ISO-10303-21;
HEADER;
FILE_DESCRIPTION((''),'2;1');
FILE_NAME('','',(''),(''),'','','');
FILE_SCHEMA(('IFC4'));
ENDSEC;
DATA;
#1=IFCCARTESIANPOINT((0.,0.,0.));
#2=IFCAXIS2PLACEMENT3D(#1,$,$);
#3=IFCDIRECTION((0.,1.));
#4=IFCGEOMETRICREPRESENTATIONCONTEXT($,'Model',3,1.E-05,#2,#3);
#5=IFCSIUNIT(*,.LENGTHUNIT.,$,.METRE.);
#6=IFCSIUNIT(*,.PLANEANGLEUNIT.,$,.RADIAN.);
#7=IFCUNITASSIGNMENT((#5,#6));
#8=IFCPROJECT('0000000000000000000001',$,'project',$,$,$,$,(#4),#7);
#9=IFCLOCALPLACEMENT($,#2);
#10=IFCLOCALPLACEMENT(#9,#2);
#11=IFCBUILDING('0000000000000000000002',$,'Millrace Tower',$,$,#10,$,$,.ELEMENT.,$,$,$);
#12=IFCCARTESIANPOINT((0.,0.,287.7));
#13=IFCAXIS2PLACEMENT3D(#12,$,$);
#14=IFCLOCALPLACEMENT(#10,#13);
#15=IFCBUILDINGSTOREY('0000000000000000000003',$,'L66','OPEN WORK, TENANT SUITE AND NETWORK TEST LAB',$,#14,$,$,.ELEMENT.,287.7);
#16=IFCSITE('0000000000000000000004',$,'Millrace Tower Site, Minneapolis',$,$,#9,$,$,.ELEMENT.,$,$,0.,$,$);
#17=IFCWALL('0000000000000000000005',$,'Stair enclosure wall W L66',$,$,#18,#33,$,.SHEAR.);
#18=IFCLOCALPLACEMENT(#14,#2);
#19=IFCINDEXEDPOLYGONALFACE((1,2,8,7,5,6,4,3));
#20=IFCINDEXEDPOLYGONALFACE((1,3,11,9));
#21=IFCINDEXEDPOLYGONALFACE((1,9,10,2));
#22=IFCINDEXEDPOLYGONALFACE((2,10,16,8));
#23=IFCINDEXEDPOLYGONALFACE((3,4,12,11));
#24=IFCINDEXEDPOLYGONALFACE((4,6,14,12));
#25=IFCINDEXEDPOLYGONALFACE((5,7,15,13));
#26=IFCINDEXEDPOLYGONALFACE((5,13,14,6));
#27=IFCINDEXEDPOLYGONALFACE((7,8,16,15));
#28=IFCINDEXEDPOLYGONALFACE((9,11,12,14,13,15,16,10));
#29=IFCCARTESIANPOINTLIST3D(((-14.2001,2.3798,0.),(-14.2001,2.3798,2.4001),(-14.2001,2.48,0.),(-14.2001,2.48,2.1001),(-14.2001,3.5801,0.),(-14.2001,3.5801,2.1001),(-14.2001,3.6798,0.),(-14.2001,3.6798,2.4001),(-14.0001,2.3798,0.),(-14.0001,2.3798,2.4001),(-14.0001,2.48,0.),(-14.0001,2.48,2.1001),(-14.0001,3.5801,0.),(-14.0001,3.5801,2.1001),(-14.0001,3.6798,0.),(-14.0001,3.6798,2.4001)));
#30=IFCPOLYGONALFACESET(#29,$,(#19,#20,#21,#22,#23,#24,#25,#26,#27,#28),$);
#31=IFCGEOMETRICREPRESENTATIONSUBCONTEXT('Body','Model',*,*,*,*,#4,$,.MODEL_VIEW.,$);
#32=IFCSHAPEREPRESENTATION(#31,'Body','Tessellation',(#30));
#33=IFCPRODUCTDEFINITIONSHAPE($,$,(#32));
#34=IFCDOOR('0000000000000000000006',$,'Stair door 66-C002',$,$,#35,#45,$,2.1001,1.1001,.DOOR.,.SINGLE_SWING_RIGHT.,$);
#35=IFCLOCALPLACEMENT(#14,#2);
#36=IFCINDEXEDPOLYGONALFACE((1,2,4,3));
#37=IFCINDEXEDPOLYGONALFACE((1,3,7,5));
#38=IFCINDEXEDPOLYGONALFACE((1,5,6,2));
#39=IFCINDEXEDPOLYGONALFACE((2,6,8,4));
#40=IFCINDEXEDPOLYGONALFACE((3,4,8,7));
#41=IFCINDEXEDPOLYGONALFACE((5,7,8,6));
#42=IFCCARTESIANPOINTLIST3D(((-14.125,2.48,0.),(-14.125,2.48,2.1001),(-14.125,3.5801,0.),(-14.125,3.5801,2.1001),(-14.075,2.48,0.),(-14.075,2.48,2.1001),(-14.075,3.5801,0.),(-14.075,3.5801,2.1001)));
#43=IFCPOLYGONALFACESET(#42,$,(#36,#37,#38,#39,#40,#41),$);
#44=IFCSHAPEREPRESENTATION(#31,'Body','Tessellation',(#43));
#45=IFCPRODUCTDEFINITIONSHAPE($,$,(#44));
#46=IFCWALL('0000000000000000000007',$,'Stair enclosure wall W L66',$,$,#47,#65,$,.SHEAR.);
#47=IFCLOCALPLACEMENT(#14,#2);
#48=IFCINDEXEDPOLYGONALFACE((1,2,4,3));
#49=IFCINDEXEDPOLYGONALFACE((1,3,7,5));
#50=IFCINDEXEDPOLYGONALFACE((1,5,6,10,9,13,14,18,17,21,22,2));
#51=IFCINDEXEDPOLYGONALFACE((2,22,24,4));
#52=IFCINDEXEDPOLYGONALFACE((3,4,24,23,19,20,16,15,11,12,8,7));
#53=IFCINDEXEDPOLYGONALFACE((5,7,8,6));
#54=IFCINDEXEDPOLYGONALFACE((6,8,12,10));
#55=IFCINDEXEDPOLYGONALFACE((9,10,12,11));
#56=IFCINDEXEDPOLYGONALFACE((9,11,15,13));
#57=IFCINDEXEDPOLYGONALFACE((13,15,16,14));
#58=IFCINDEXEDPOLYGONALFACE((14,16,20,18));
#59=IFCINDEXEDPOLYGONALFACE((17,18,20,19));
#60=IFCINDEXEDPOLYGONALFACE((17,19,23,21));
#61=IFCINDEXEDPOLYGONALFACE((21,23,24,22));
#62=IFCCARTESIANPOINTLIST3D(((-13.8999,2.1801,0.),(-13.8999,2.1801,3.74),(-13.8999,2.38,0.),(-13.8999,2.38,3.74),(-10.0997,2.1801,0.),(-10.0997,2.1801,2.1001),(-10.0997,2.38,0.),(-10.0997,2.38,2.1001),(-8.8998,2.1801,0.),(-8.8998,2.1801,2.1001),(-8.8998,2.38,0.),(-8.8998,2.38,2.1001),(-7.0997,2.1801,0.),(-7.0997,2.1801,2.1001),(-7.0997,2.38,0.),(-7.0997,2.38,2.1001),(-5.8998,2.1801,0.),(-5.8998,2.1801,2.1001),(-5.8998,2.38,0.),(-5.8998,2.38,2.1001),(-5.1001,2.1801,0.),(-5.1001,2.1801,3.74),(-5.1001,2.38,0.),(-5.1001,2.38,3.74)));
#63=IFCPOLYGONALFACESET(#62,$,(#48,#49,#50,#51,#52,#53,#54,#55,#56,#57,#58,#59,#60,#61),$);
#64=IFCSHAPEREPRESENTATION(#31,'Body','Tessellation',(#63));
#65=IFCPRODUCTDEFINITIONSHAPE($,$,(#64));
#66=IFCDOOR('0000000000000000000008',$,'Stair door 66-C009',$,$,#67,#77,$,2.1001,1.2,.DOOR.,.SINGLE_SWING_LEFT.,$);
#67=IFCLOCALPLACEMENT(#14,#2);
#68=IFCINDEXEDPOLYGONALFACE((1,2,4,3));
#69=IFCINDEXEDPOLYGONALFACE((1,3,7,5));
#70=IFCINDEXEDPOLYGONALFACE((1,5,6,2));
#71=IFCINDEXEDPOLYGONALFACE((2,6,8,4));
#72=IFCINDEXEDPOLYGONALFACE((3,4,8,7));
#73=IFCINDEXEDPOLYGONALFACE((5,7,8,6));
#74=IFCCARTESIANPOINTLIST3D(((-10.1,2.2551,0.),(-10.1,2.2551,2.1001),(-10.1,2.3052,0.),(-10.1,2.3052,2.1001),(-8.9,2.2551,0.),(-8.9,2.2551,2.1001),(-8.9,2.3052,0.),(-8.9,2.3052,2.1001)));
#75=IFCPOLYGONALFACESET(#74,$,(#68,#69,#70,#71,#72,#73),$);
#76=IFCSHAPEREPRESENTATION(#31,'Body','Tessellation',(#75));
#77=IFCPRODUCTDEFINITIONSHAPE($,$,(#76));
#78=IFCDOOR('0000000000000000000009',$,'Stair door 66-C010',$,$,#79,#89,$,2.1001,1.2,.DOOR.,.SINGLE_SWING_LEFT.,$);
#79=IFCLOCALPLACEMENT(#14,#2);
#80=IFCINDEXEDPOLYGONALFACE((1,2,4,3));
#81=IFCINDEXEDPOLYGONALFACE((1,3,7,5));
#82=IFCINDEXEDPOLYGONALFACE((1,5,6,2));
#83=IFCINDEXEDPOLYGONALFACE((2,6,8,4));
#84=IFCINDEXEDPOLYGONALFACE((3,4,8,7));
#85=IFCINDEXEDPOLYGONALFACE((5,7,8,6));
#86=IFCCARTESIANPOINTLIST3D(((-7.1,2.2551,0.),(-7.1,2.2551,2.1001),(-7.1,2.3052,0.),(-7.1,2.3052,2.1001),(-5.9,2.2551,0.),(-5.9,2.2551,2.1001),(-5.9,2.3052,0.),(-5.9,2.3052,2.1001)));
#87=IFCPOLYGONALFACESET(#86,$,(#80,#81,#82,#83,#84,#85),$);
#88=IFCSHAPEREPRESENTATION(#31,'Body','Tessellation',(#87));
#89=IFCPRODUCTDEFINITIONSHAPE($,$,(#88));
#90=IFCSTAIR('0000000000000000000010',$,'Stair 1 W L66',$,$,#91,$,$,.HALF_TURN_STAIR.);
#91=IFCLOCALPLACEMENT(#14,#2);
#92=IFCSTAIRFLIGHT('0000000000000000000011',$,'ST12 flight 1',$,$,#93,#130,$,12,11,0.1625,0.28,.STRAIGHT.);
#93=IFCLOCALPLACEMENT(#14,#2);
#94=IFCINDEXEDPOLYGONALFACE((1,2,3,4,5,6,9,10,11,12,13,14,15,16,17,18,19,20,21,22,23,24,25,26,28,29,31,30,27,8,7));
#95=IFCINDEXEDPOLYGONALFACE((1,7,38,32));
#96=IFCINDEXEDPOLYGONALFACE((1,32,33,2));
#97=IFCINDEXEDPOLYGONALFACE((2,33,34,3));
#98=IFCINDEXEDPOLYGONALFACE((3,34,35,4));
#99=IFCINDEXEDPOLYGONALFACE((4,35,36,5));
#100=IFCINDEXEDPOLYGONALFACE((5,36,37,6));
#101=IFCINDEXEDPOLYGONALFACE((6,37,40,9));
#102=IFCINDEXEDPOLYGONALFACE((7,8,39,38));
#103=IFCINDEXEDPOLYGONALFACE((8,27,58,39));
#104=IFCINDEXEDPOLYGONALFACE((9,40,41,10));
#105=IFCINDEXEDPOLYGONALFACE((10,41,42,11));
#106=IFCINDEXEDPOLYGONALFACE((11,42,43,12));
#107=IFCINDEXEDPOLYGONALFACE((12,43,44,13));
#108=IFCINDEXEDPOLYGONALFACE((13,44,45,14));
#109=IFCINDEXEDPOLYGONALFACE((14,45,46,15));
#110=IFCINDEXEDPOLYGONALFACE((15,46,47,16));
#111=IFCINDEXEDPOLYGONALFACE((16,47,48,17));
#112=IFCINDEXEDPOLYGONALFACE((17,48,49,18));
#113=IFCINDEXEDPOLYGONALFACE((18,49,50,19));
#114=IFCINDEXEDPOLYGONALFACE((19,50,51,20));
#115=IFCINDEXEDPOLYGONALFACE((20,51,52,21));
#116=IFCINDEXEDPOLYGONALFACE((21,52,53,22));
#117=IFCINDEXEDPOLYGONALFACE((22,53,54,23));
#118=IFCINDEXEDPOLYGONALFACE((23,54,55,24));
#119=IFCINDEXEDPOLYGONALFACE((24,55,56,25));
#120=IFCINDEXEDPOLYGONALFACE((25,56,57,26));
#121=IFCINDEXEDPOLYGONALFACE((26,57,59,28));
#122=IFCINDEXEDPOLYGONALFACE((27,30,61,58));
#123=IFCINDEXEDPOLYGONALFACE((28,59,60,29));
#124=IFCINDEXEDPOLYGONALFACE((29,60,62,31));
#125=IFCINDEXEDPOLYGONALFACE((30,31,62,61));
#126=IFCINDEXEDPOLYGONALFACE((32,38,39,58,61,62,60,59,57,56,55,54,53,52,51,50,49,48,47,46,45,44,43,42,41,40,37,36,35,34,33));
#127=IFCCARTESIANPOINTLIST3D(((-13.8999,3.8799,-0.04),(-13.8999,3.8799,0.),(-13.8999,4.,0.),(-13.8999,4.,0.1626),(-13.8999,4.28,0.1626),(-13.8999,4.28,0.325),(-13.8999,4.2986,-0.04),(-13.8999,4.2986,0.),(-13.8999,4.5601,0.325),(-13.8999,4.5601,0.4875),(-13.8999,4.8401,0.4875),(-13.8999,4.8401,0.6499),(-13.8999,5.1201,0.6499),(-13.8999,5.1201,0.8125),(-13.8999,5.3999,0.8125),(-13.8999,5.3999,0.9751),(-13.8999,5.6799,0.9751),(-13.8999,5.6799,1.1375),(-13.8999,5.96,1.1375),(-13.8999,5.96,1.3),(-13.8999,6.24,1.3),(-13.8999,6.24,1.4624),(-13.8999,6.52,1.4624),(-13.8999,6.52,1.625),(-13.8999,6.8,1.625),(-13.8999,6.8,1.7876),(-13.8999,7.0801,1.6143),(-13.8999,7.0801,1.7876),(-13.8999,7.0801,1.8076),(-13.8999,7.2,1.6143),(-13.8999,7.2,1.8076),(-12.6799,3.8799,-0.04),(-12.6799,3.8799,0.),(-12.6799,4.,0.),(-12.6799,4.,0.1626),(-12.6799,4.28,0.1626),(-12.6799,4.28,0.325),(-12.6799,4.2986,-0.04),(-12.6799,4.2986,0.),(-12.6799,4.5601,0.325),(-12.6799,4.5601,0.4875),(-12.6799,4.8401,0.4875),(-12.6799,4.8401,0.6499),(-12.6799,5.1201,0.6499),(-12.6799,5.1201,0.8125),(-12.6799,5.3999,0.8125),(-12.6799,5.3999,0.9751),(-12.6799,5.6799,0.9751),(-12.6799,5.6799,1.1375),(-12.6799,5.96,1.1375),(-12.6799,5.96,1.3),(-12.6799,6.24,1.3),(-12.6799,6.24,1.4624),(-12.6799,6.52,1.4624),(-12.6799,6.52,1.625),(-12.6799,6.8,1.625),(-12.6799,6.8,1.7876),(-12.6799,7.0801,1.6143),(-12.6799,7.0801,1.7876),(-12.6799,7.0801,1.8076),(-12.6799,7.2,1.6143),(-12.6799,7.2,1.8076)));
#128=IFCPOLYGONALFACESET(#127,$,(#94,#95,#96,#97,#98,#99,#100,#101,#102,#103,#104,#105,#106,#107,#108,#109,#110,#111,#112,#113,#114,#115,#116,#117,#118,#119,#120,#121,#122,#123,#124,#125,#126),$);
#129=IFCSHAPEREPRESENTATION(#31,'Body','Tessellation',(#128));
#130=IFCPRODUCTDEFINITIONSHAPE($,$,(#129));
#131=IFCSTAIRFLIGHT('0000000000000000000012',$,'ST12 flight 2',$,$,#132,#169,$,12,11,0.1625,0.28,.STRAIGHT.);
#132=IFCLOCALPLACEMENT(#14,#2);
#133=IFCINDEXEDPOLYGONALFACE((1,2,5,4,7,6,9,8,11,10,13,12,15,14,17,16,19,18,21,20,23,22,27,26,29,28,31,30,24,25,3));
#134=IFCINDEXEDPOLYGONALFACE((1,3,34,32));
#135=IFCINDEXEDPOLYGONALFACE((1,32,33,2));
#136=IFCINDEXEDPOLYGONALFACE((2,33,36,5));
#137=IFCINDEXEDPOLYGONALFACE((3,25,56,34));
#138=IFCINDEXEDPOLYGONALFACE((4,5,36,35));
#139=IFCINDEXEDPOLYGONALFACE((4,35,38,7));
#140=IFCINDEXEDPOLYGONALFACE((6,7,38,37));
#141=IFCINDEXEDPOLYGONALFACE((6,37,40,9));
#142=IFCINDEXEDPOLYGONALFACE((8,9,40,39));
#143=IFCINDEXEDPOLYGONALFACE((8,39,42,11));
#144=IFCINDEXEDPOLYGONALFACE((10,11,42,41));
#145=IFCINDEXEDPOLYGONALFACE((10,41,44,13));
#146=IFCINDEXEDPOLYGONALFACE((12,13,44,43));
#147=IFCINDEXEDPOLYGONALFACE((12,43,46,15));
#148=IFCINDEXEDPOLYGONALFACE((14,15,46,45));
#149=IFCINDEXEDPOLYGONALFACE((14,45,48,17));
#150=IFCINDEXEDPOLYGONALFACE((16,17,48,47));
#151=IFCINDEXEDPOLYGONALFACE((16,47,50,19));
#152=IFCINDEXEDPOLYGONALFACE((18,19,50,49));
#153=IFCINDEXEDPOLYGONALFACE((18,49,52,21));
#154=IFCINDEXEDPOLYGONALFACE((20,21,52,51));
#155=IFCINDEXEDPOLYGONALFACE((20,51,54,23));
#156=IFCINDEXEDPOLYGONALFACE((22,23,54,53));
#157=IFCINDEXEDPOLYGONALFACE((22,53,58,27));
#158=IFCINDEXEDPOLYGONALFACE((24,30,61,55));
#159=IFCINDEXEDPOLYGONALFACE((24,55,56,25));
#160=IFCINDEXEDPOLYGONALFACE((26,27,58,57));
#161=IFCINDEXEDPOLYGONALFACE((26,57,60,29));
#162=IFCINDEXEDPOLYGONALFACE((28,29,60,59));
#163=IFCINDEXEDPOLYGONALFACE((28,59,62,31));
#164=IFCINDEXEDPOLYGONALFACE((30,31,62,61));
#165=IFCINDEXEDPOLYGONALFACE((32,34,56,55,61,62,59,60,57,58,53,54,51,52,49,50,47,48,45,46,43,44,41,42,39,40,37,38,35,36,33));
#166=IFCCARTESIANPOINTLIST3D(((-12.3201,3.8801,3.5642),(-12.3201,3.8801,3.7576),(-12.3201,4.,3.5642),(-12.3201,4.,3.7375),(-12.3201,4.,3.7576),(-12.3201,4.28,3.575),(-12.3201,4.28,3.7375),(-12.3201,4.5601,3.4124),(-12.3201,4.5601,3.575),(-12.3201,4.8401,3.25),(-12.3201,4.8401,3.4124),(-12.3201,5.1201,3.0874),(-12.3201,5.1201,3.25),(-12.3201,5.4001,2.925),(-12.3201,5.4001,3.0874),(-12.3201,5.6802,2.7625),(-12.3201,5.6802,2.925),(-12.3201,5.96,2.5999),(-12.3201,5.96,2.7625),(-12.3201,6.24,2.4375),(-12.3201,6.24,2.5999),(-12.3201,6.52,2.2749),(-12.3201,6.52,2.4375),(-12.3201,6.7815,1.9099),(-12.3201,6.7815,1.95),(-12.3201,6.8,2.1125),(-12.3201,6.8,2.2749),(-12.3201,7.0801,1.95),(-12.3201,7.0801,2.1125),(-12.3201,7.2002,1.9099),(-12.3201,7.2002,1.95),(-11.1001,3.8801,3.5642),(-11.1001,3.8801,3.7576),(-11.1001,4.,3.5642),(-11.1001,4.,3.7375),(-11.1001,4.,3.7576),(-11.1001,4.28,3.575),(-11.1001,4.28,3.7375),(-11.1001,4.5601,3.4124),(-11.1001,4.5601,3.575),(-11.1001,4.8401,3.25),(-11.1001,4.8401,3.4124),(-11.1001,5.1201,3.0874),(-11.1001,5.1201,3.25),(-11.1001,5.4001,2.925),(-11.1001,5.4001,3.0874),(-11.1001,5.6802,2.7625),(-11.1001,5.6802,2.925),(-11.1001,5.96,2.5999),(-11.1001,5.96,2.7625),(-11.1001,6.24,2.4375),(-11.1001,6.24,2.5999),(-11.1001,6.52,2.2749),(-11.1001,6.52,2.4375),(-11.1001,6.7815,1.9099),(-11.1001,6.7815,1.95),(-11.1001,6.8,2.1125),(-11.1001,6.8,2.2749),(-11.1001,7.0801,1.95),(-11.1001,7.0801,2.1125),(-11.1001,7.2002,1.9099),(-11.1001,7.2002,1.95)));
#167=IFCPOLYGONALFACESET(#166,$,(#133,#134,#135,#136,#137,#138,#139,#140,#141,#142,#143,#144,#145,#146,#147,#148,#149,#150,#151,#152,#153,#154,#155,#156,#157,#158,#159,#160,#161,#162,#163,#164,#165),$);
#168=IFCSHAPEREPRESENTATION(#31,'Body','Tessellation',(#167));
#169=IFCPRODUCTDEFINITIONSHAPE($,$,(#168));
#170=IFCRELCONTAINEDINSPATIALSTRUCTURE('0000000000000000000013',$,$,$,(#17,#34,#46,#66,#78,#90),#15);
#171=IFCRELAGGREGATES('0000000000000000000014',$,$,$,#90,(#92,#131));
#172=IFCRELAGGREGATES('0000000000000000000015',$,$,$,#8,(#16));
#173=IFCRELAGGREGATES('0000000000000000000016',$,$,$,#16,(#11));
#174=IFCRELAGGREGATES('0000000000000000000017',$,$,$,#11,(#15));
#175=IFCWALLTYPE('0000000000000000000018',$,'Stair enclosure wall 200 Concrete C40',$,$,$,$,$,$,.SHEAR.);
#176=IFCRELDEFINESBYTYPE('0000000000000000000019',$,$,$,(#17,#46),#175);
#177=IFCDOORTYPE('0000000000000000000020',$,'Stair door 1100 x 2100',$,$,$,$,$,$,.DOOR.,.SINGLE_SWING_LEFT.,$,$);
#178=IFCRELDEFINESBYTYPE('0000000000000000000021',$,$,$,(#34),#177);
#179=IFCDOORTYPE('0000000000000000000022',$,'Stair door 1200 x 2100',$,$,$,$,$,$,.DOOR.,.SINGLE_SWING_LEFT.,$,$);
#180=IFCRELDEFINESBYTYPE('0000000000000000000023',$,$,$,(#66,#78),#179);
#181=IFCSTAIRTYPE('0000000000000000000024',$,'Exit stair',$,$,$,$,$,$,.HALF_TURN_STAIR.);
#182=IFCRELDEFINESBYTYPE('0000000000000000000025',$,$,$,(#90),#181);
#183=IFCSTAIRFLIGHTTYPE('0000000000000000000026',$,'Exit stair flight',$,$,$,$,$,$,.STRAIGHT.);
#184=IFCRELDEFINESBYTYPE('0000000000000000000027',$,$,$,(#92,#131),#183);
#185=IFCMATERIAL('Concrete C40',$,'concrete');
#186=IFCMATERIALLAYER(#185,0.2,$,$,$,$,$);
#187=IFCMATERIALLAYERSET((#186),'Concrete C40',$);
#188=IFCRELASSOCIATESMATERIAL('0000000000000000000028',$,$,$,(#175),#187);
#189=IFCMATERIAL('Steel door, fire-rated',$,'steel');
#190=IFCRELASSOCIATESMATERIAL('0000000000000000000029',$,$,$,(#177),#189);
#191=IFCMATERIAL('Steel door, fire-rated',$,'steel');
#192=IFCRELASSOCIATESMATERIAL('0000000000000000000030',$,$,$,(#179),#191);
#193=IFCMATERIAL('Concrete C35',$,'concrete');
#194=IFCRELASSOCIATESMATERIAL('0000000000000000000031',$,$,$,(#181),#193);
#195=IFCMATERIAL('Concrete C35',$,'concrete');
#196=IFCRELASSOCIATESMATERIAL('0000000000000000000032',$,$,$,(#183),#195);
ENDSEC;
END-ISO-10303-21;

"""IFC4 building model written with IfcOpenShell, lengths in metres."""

from ifc_helpers import new_model, si_unit, direction, frame, frame_2d, origin, place, context, subcontext, project, spatial, polyline, rectangle, outline, extrude, material, layer, layer_set, type_object, element, fill, aggregate, save


model = new_model("IFC4")

# Units and contexts
model_context = context("Model", 3, precision=1e-05, world=origin(), true_north=direction((0.0, 1.0)))
body_context = subcontext(model_context, "Body", "Model", "MODEL_VIEW")
ifc_project = project(units=[si_unit("LENGTHUNIT", "METRE"), si_unit("PLANEANGLEUNIT", "RADIAN")], contexts=[model_context])

# Site, building, storey
site_placement = place(None, origin())
site = spatial("IfcSite", under=ifc_project, at=site_placement, Name="Millrace Tower Site, Minneapolis", CompositionType="ELEMENT", RefElevation=0.0)
building_placement = place(site_placement, origin())
building = spatial("IfcBuilding", under=site, at=building_placement, Name="Millrace Tower", CompositionType="ELEMENT")
storey_placement = place(building_placement, frame((0.0, 0.0, 287.7)))
storey = spatial("IfcBuildingStorey", under=building, at=storey_placement, Name="L66", Description="OPEN WORK, TENANT SUITE AND NETWORK TEST LAB", CompositionType="ELEMENT", Elevation=287.7)

# Shared definitions
placement = place(storey_placement, origin())

# Wall, opening, door
ifc_material_1 = material(Name="Concrete C40", Category="concrete")
ifc_layer_1 = layer(ifc_material_1, 0.2)
ifc_layer_set_1 = layer_set([ifc_layer_1], Name="Concrete C40")
wall_type_1 = type_object("IfcWallType", Name="Stair enclosure wall 200 Concrete C40", PredefinedType="SHEAR", material=ifc_layer_set_1)
wall_1_placement = place(storey_placement, frame((-14.1001, 2.3799, 0.0), z_axis=(0.0, 0.0, 1.0), x_axis=(0.0, 1.0, 0.0)))
wall_1 = element("IfcWall", 1, at=wall_1_placement, inside=storey, type_object=wall_type_1, Name="Stair enclosure wall W L66", PredefinedType="SHEAR", context=body_context, shape_type="SweptSolid", body=[
    extrude(rectangle(XDim=1.3, YDim=0.2, at=frame_2d((0.6499, 0.0))), origin(), (0.0, 0.0, 1.0), 2.4001),
])
opening_1_placement = place(wall_1_placement, frame((0.1001, 0.0, 0.0)))
opening_1 = element("IfcOpeningElement", 2, at=opening_1_placement, cuts=wall_1, PredefinedType="OPENING", context=body_context, shape_type="SweptSolid", body=[
    extrude(rectangle(XDim=1.1001, YDim=2.1001, at=frame_2d((0.55, 1.05))), frame((0.0, 0.1099, 0.0), z_axis=(0.0, -1.0, 0.0), x_axis=(1.0, 0.0, 0.0)), (0.0, 0.0, 1.0), 0.22),
])
ifc_material_2 = material(Name="Steel door, fire-rated", Category="steel")
door_type_1 = type_object("IfcDoorType", Name="Stair door 1100 x 2100", OperationType="SINGLE_SWING_LEFT", PredefinedType="DOOR", material=ifc_material_2)
door_1_placement = place(opening_1_placement, origin())
door_1 = element("IfcDoor", 3, at=door_1_placement, inside=storey, type_object=door_type_1, Name="Stair door 66-C002", OperationType="SINGLE_SWING_RIGHT", OverallHeight=2.1001, OverallWidth=1.1001, PredefinedType="DOOR", context=body_context, shape_type="SweptSolid", body=[
    extrude(rectangle(XDim=1.1001, YDim=2.1001, at=frame_2d((0.55, 1.05))), frame((0.0, 0.0249, 0.0), z_axis=(0.0, -1.0, 0.0), x_axis=(1.0, 0.0, 0.0)), (0.0, 0.0, 1.0), 0.05),
])
fill(opening_1, door_1)

# Wall, openings, doors
wall_2_placement = place(storey_placement, frame((-13.8999, 2.28, 0.0), z_axis=(0.0, 0.0, 1.0), x_axis=(1.0, 0.0, 0.0)))
wall_2 = element("IfcWall", 4, at=wall_2_placement, inside=storey, type_object=wall_type_1, Name="Stair enclosure wall W L66", PredefinedType="SHEAR", context=body_context, shape_type="SweptSolid", body=[
    extrude(rectangle(XDim=8.7998, YDim=0.2, at=frame_2d((4.3999, 0.0))), origin(), (0.0, 0.0, 1.0), 3.74),
])
opening_2_placement = place(wall_2_placement, frame((3.8, 0.0, 0.0)))
opening_2 = element("IfcOpeningElement", 5, at=opening_2_placement, cuts=wall_2, PredefinedType="OPENING", context=body_context, shape_type="SweptSolid", body=[
    extrude(rectangle(XDim=1.2, YDim=2.1001, at=frame_2d((0.6001, 1.05))), frame((0.0, 0.1099, 0.0), z_axis=(0.0, -1.0, 0.0), x_axis=(1.0, 0.0, 0.0)), (0.0, 0.0, 1.0), 0.22),
])
opening_3_placement = place(wall_2_placement, frame((6.8, 0.0, 0.0)))
opening_3 = element("IfcOpeningElement", 6, at=opening_3_placement, cuts=wall_2, PredefinedType="OPENING", context=body_context, shape_type="SweptSolid", body=[
    extrude(rectangle(XDim=1.2, YDim=2.1001, at=frame_2d((0.6001, 1.05))), frame((0.0, 0.1099, 0.0), z_axis=(0.0, -1.0, 0.0), x_axis=(1.0, 0.0, 0.0)), (0.0, 0.0, 1.0), 0.22),
])
ifc_material_3 = material(Name="Steel door, fire-rated", Category="steel")
door_type_2 = type_object("IfcDoorType", Name="Stair door 1200 x 2100", OperationType="SINGLE_SWING_LEFT", PredefinedType="DOOR", material=ifc_material_3)
door_2_placement = place(opening_2_placement, frame((1.2, 0.0, 0.0), z_axis=(0.0, 0.0, 1.0), x_axis=(-1.0, 0.0, 0.0)))
door_2 = element("IfcDoor", 7, at=door_2_placement, inside=storey, type_object=door_type_2, Name="Stair door 66-C009", OperationType="SINGLE_SWING_LEFT", OverallHeight=2.1001, OverallWidth=1.2, PredefinedType="DOOR", context=body_context, shape_type="SweptSolid", body=[
    extrude(rectangle(XDim=1.2, YDim=2.1001, at=frame_2d((0.6001, 1.05))), frame((0.0, 0.0249, 0.0), z_axis=(0.0, -1.0, 0.0), x_axis=(1.0, 0.0, 0.0)), (0.0, 0.0, 1.0), 0.05),
])
fill(opening_2, door_2)
door_3_placement = place(opening_3_placement, frame((1.2, 0.0, 0.0), z_axis=(0.0, 0.0, 1.0), x_axis=(-1.0, 0.0, 0.0)))
door_3 = element("IfcDoor", 8, at=door_3_placement, inside=storey, type_object=door_type_2, Name="Stair door 66-C010", OperationType="SINGLE_SWING_LEFT", OverallHeight=2.1001, OverallWidth=1.2, PredefinedType="DOOR", context=body_context, shape_type="SweptSolid", body=[
    extrude(rectangle(XDim=1.2, YDim=2.1001, at=frame_2d((0.6001, 1.05))), frame((0.0, 0.0249, 0.0), z_axis=(0.0, -1.0, 0.0), x_axis=(1.0, 0.0, 0.0)), (0.0, 0.0, 1.0), 0.05),
])
fill(opening_3, door_3)

# Stair, stair flights
ifc_material_4 = material(Name="Concrete C35", Category="concrete")
stair_type = type_object("IfcStairType", Name="Exit stair", PredefinedType="HALF_TURN_STAIR", material=ifc_material_4)
stair = element("IfcStair", 9, at=placement, inside=storey, type_object=stair_type, Name="Stair 1 W L66", PredefinedType="HALF_TURN_STAIR")
ifc_material_5 = material(Name="Concrete C35", Category="concrete")
stair_flight_type = type_object("IfcStairFlightType", Name="Exit stair flight", PredefinedType="STRAIGHT", material=ifc_material_5)
stair_flight_1_placement = place(storey_placement, frame((-13.29, 4.0, 0.0), z_axis=(0.0, 0.0, 1.0), x_axis=(0.0, 1.0, 0.0)))
stair_flight_1 = element("IfcStairFlight", 10, at=stair_flight_1_placement, type_object=stair_flight_type, Name="ST12 flight 1", NumberOfRisers=12, NumberOfTreads=11, PredefinedType="STRAIGHT", RiserHeight=0.1625, TreadLength=0.28, context=body_context, shape_type="SweptSolid", body=[
    extrude(outline(polyline([(-0.1201, -0.04), (-0.1201, 0.0), (0.0, 0.0), (0.0, 0.1626), (0.28, 0.1626), (0.28, 0.325), (0.5601, 0.325), (0.5601, 0.4875), (0.8401, 0.4875), (0.8401, 0.6499), (1.1201, 0.6499), (1.1201, 0.8125), (1.3999, 0.8125), (1.3999, 0.9751), (1.6799, 0.9751), (1.6799, 1.1375), (1.96, 1.1375), (1.96, 1.3), (2.24, 1.3), (2.24, 1.4624), (2.52, 1.4624), (2.52, 1.625), (2.8, 1.625), (2.8, 1.7876), (3.0801, 1.7876), (3.0801, 1.8076), (3.2, 1.8076), (3.2, 1.6143), (3.0801, 1.6143), (0.2986, 0.0), (0.2986, -0.04), (-0.1201, -0.04)])), frame((0.0, 0.6099, 0.0), z_axis=(0.0, -1.0, 0.0), x_axis=(1.0, 0.0, 0.0)), (0.0, 0.0, 1.0), 1.22),
])
stair_flight_2_placement = place(storey_placement, frame((-11.71, 7.0801, 1.95), z_axis=(0.0, 0.0, 1.0), x_axis=(0.0, -1.0, 0.0)))
stair_flight_2 = element("IfcStairFlight", 11, at=stair_flight_2_placement, type_object=stair_flight_type, Name="ST12 flight 2", NumberOfRisers=12, NumberOfTreads=11, PredefinedType="STRAIGHT", RiserHeight=0.1625, TreadLength=0.28, context=body_context, shape_type="SweptSolid", body=[
    extrude(outline(polyline([(-0.1201, -0.04), (-0.1201, 0.0), (0.0, 0.0), (0.0, 0.1626), (0.28, 0.1626), (0.28, 0.325), (0.5601, 0.325), (0.5601, 0.4875), (0.8401, 0.4875), (0.8401, 0.6499), (1.1201, 0.6499), (1.1201, 0.8125), (1.3999, 0.8125), (1.3999, 0.9751), (1.6799, 0.9751), (1.6799, 1.1375), (1.96, 1.1375), (1.96, 1.3), (2.24, 1.3), (2.24, 1.4624), (2.52, 1.4624), (2.52, 1.625), (2.8, 1.625), (2.8, 1.7876), (3.0801, 1.7876), (3.0801, 1.8076), (3.2, 1.8076), (3.2, 1.6143), (3.0801, 1.6143), (0.2986, 0.0), (0.2986, -0.04), (-0.1201, -0.04)])), frame((0.0, 0.6099, 0.0), z_axis=(0.0, -1.0, 0.0), x_axis=(1.0, 0.0, 0.0)), (0.0, 0.0, 1.0), 1.22),
])
aggregate(stair, [stair_flight_1, stair_flight_2])

save(model, "model.ifc")
